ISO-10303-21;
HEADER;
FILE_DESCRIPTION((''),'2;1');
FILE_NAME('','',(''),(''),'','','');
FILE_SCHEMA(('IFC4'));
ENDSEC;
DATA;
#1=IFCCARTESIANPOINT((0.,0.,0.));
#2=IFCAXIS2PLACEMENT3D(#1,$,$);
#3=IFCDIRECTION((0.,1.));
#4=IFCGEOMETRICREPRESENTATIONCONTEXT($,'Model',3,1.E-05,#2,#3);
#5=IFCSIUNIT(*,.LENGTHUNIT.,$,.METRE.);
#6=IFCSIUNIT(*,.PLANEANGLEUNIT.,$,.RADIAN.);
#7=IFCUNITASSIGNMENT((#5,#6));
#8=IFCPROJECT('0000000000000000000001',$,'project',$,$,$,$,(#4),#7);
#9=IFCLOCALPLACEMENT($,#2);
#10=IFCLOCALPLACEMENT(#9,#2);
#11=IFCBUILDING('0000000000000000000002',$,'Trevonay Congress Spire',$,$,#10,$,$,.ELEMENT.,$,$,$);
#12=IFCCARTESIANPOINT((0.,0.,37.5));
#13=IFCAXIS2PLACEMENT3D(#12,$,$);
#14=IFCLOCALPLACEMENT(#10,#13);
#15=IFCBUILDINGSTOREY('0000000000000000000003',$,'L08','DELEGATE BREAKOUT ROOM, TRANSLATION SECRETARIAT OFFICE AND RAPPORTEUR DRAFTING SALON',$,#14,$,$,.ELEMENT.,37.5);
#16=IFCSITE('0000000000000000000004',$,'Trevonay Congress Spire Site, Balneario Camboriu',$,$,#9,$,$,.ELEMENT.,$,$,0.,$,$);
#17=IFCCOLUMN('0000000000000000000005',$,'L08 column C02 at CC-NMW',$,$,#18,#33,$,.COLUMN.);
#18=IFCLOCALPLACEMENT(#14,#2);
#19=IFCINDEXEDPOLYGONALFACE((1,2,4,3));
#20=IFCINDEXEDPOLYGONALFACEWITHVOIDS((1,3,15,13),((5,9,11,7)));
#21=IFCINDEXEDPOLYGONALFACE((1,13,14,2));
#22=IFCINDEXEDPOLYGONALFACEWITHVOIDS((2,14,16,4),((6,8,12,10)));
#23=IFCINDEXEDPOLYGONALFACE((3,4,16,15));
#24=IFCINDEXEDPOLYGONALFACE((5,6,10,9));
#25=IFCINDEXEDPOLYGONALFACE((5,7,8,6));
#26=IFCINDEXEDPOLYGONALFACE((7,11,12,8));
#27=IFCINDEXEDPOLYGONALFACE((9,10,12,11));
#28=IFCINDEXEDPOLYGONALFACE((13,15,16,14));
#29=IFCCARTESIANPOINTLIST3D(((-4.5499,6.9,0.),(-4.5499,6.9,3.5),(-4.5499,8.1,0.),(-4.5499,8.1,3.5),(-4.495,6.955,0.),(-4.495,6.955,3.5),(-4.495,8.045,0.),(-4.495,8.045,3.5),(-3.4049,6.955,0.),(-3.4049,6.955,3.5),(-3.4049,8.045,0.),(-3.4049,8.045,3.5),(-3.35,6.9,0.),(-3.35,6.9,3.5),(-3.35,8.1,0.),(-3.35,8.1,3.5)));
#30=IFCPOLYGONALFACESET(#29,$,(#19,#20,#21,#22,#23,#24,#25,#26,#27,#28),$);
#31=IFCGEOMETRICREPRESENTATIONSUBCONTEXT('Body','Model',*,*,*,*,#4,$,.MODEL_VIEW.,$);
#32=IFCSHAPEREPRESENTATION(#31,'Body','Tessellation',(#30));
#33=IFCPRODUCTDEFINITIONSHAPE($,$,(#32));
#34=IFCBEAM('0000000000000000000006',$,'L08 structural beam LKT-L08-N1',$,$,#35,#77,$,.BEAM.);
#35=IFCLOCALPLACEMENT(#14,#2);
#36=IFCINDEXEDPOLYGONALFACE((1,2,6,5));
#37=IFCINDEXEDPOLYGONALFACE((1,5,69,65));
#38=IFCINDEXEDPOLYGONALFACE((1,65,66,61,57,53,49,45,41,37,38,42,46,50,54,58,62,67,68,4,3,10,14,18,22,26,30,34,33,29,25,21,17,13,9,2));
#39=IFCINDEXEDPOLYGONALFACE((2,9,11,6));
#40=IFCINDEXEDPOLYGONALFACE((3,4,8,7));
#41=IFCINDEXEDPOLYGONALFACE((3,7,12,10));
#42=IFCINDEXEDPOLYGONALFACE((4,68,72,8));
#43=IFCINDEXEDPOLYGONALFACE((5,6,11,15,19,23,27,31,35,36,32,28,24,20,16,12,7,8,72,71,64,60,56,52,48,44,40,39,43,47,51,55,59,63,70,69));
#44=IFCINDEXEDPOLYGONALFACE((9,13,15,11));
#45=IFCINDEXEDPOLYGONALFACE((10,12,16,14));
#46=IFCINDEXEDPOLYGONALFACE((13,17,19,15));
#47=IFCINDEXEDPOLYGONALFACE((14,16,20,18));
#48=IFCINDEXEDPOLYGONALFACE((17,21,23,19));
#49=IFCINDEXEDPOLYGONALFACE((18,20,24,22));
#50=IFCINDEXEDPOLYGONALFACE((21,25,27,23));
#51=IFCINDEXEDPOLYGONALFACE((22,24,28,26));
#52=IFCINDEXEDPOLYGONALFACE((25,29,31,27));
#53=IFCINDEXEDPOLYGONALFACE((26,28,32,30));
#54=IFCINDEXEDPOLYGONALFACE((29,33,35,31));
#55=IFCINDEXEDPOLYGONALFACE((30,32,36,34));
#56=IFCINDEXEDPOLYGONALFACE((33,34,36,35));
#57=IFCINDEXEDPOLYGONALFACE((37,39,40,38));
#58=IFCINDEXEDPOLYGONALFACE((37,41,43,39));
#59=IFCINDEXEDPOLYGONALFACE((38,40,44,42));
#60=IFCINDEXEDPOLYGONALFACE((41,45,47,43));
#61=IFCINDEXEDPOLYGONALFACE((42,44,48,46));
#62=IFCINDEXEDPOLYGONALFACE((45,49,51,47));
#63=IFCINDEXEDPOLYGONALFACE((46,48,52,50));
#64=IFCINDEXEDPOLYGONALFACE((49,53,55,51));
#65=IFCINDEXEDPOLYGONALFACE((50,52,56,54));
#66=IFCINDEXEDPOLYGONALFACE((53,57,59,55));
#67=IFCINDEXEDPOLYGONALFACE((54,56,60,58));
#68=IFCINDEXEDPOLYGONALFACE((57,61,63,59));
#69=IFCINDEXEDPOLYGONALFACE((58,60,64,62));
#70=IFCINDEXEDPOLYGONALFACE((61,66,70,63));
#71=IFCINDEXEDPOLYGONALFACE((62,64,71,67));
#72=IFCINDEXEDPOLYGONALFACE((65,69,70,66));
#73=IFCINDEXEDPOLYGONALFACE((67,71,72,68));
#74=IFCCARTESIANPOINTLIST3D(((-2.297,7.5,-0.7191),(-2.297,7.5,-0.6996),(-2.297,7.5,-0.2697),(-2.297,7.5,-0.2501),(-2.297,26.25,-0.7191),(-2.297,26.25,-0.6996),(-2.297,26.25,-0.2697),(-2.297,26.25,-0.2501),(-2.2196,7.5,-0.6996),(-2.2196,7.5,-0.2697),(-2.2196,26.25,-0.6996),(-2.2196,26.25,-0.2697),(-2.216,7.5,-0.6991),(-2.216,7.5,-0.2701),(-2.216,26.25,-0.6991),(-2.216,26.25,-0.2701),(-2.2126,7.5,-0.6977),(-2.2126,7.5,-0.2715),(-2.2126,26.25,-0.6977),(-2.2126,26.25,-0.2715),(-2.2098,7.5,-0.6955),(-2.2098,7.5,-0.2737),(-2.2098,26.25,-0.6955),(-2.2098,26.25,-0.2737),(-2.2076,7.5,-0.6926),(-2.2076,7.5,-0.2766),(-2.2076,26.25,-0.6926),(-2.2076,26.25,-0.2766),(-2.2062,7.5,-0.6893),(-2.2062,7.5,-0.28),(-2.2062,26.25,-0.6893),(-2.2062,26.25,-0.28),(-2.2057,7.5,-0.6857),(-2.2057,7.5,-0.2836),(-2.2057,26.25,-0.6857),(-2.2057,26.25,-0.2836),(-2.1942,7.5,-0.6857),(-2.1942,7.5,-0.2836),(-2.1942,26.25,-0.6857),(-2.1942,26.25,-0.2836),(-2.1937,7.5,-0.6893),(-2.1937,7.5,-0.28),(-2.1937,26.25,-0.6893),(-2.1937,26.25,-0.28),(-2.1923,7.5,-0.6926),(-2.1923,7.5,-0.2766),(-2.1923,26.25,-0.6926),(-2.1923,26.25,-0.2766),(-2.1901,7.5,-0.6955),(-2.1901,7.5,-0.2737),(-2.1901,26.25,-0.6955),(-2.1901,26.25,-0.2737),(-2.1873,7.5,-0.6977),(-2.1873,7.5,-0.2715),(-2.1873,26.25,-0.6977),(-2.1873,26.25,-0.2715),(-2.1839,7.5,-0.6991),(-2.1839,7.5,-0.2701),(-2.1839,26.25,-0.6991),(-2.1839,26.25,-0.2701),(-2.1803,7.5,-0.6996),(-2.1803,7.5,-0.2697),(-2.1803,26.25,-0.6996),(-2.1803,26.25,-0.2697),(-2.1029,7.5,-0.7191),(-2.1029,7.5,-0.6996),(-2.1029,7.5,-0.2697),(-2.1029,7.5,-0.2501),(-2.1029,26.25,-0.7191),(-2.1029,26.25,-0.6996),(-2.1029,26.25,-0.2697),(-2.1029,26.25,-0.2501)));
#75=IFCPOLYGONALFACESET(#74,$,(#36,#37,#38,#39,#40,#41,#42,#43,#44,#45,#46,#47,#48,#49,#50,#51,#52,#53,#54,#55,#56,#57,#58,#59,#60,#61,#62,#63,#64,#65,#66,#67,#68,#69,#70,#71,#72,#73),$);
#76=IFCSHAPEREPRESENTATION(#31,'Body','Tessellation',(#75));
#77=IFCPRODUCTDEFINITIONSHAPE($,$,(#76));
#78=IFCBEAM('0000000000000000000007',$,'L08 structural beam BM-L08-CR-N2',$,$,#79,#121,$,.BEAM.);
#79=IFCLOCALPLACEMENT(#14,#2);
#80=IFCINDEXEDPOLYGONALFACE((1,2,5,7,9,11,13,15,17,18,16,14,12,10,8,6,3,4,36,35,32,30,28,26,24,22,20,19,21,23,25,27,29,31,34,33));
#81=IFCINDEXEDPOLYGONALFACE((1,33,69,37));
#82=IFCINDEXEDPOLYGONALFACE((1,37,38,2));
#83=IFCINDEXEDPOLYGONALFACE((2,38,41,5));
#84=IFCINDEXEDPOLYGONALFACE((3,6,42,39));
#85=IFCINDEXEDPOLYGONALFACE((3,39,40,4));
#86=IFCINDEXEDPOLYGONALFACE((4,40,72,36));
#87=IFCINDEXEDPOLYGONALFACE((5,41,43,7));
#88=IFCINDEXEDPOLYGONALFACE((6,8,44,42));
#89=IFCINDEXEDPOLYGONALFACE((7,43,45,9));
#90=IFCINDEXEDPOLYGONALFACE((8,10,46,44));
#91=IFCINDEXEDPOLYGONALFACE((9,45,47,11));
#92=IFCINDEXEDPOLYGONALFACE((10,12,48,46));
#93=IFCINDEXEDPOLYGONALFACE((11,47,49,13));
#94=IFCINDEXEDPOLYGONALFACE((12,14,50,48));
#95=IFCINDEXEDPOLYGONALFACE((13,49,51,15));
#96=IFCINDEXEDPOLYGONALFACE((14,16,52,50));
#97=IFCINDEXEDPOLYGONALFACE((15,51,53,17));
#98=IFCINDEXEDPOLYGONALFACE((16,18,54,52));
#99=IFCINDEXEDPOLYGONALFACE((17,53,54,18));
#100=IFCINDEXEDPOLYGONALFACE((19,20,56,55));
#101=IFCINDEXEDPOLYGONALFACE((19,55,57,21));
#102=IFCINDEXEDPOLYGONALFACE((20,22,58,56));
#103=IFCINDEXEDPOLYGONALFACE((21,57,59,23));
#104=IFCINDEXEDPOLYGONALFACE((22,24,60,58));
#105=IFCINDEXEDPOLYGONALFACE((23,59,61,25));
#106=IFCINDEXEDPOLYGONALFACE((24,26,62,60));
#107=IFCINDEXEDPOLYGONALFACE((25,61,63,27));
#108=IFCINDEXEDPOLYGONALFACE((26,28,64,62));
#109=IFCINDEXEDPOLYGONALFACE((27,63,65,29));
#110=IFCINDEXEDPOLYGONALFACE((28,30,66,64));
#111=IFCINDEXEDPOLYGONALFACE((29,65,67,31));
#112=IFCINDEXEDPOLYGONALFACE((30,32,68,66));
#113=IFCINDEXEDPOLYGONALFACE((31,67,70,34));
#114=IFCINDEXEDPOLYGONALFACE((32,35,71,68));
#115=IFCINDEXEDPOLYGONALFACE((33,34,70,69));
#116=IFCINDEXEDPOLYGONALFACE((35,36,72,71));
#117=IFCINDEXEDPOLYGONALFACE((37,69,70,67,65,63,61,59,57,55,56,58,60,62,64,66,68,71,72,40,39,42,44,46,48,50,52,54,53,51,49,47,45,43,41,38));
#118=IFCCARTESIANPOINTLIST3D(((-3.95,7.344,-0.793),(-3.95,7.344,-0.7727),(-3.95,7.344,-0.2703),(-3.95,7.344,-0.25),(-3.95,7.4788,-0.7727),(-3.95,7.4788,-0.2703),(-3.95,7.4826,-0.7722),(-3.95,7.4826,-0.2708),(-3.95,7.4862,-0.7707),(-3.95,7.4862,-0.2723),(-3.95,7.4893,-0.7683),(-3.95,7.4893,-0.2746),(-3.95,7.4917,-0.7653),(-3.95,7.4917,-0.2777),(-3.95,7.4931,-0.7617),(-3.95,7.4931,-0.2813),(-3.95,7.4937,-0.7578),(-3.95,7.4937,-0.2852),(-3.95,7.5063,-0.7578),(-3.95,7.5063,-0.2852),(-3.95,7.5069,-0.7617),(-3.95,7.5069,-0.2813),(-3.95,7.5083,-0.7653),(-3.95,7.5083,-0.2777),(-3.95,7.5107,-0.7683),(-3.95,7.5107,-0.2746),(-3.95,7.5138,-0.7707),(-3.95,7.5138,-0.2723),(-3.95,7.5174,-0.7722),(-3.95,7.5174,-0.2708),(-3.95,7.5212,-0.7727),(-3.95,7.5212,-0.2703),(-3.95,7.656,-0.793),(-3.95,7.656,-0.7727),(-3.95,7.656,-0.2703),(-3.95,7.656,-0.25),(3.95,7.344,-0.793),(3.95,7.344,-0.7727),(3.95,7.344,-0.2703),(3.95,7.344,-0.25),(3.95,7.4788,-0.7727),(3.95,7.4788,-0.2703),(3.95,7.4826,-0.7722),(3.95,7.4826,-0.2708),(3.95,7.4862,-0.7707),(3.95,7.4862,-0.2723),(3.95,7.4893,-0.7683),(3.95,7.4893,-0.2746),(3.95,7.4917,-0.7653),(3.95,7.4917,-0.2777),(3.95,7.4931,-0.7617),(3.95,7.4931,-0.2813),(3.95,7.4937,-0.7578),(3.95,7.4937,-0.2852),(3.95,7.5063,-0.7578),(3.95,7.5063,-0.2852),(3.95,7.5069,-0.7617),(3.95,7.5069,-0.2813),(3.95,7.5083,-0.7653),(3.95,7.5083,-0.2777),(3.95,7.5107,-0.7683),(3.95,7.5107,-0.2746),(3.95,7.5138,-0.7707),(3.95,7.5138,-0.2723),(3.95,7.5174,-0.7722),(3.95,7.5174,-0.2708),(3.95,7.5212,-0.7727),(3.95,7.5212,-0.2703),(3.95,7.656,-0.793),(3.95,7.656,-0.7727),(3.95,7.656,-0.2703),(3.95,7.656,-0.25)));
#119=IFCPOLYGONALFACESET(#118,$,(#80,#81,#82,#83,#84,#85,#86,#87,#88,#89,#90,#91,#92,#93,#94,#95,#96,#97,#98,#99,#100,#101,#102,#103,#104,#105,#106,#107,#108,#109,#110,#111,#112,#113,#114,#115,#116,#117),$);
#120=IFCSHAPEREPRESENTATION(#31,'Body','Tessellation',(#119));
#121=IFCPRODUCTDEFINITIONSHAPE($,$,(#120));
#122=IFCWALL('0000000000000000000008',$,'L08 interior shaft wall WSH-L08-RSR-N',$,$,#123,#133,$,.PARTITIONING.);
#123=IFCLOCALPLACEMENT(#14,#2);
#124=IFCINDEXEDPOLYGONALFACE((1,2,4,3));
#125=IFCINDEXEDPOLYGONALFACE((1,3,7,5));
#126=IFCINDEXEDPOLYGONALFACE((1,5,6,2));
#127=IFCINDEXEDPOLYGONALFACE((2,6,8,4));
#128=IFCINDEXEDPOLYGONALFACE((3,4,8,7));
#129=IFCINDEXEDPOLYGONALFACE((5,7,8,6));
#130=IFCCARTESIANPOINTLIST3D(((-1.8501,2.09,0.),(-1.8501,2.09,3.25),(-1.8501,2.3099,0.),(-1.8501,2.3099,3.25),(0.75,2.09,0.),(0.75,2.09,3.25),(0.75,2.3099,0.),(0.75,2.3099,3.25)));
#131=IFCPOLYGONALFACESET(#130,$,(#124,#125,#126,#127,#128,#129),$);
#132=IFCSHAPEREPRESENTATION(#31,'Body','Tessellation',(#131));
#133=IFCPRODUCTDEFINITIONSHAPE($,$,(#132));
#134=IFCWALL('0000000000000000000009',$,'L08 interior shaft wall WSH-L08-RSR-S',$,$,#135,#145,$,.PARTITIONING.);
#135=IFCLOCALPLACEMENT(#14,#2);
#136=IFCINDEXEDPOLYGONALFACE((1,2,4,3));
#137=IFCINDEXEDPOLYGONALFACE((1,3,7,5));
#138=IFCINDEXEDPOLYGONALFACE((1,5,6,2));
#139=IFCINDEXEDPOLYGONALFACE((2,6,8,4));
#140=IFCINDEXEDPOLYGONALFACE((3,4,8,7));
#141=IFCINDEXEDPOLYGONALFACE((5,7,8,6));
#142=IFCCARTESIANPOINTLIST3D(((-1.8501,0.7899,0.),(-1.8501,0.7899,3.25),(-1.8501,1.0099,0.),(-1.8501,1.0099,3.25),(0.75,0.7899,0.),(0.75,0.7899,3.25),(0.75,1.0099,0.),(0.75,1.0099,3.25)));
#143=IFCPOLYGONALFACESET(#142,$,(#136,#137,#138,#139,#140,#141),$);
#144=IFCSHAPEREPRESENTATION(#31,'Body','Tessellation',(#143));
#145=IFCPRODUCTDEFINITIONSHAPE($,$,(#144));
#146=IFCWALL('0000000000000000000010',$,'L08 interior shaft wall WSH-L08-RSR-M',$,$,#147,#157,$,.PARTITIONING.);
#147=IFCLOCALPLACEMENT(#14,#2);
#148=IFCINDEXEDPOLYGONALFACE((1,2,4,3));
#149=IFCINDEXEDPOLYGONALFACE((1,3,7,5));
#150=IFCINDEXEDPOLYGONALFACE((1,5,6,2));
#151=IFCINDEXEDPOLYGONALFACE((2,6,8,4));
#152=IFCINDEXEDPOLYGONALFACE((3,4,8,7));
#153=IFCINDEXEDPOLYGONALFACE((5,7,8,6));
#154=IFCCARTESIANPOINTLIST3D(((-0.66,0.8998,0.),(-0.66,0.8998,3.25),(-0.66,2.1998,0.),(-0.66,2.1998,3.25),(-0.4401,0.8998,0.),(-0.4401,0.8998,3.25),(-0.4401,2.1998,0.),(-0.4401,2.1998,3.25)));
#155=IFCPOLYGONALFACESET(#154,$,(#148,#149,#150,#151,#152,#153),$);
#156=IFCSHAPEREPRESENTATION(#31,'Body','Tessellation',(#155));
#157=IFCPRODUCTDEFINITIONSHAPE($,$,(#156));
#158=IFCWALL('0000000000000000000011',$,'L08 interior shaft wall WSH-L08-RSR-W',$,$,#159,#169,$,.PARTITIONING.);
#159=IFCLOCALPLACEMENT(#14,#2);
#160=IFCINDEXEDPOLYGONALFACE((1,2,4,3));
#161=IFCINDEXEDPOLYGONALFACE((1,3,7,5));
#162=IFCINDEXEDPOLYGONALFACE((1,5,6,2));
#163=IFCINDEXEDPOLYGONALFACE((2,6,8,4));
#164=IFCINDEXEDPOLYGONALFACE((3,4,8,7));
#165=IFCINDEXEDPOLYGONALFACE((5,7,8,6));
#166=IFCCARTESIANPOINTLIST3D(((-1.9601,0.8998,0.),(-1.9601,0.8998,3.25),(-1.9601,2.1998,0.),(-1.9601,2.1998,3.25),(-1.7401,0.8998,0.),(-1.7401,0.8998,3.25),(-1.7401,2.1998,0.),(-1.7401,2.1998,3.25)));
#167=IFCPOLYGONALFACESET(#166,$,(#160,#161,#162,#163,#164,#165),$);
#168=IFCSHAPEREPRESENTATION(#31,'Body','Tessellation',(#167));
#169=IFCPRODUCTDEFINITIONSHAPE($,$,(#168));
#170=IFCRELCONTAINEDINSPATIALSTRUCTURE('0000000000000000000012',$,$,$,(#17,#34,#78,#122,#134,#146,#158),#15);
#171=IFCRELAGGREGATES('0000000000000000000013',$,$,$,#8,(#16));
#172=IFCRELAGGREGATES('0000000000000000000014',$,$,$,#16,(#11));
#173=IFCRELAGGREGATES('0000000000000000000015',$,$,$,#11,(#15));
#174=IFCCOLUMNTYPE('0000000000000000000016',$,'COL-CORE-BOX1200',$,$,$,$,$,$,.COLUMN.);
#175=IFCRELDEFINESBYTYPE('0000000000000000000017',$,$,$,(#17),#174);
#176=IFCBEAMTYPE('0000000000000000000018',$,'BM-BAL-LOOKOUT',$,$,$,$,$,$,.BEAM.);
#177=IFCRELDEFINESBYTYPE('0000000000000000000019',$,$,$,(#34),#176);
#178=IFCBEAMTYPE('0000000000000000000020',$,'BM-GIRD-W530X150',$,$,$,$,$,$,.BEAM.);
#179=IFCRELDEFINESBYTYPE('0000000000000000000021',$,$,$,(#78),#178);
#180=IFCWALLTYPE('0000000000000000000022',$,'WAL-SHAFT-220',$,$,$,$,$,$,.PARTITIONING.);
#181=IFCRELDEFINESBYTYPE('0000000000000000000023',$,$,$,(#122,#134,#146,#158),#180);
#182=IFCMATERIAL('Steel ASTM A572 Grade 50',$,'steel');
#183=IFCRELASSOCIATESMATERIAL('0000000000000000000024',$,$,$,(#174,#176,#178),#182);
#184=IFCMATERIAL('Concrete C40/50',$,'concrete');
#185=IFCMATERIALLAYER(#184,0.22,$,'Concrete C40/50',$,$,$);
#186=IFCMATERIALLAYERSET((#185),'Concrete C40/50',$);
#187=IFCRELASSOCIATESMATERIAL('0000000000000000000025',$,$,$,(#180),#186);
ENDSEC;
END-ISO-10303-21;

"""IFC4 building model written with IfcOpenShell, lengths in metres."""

from ifc_helpers import new_model, si_unit, direction, frame, frame_2d, origin, origin_2d, place, context, subcontext, project, spatial, rectangle, hollow_rectangle, i_section, extrude, material, layer, layer_set, material_profile, profile_set, type_object, element, save


model = new_model("IFC4")

# Units and contexts
model_context = context("Model", 3, precision=1e-05, world=origin(), true_north=direction((0.0, 1.0)))
body_context = subcontext(model_context, "Body", "Model", "MODEL_VIEW")
ifc_project = project(units=[si_unit("LENGTHUNIT", "METRE"), si_unit("PLANEANGLEUNIT", "RADIAN")], contexts=[model_context])

# Site, building, storey
site_placement = place(None, origin())
site = spatial("IfcSite", under=ifc_project, at=site_placement, Name="Trevonay Congress Spire Site, Balneario Camboriu", CompositionType="ELEMENT", RefElevation=0.0)
building_placement = place(site_placement, origin())
building = spatial("IfcBuilding", under=site, at=building_placement, Name="Trevonay Congress Spire", CompositionType="ELEMENT")
storey_placement = place(building_placement, frame((0.0, 0.0, 37.5)))
storey = spatial("IfcBuildingStorey", under=building, at=storey_placement, Name="L08", Description="DELEGATE BREAKOUT ROOM, TRANSLATION SECRETARIAT OFFICE AND RAPPORTEUR DRAFTING SALON", CompositionType="ELEMENT", Elevation=37.5)

# Column
ifc_material_1 = material(Name="Steel ASTM A572 Grade 50", Category="steel")
ifc_material_profile_1 = material_profile(ifc_material_1, hollow_rectangle(XDim=1.2, YDim=1.2, WallThickness=0.0549, at=origin_2d()), Name="BOX 1200x1200x55")
ifc_profile_set_1 = profile_set([ifc_material_profile_1], Name="Steel ASTM A572 Grade 50")
column_type = type_object("IfcColumnType", Name="COL-CORE-BOX1200", PredefinedType="COLUMN", material=ifc_profile_set_1)
column_placement = place(storey_placement, frame((-3.95, 7.5, 0.0), z_axis=(0.0, 0.0, 1.0), x_axis=(1.0, 0.0, 0.0)))
element("IfcColumn", 1, at=column_placement, inside=storey, type_object=column_type, Name="L08 column C02 at CC-NMW", PredefinedType="COLUMN", context=body_context, shape_type="SweptSolid", body=[
    extrude(hollow_rectangle(XDim=1.2, YDim=1.2, WallThickness=0.0549, at=origin_2d()), origin(), (0.0, 0.0, 1.0), 3.5),
])

# Beams
ifc_material_profile_2 = material_profile(ifc_material_1, i_section(OverallWidth=0.1941, OverallDepth=0.469, WebThickness=0.0115, FlangeThickness=0.0195, FilletRadius=0.0139, at=origin_2d()), Name="W460x106")
ifc_profile_set_2 = profile_set([ifc_material_profile_2], Name="Steel ASTM A572 Grade 50")
beam_type_1 = type_object("IfcBeamType", Name="BM-BAL-LOOKOUT", PredefinedType="BEAM", material=ifc_profile_set_2)
beam_1_placement = place(storey_placement, frame((-2.2, 7.5, -0.4846), z_axis=(0.0, 1.0, 0.0), x_axis=(-1.0, 0.0, 0.0)))
element("IfcBeam", 2, at=beam_1_placement, inside=storey, type_object=beam_type_1, Name="L08 structural beam LKT-L08-N1", PredefinedType="BEAM", context=body_context, shape_type="SweptSolid", body=[
    extrude(i_section(OverallWidth=0.1941, OverallDepth=0.469, WebThickness=0.0115, FlangeThickness=0.0195, FilletRadius=0.0139, at=origin_2d()), origin(), (0.0, 0.0, 1.0), 18.75),
])
ifc_material_profile_3 = material_profile(ifc_material_1, i_section(OverallWidth=0.312, OverallDepth=0.543, WebThickness=0.0127, FlangeThickness=0.0203, FilletRadius=0.0149, at=origin_2d()), Name="W530x150")
ifc_profile_set_3 = profile_set([ifc_material_profile_3], Name="Steel ASTM A572 Grade 50")
beam_type_2 = type_object("IfcBeamType", Name="BM-GIRD-W530X150", PredefinedType="BEAM", material=ifc_profile_set_3)
beam_2_placement = place(storey_placement, frame((-3.95, 7.5, -0.5215), z_axis=(1.0, 0.0, 0.0), x_axis=(0.0, 1.0, 0.0)))
element("IfcBeam", 3, at=beam_2_placement, inside=storey, type_object=beam_type_2, Name="L08 structural beam BM-L08-CR-N2", PredefinedType="BEAM", context=body_context, shape_type="SweptSolid", body=[
    extrude(i_section(OverallWidth=0.312, OverallDepth=0.543, WebThickness=0.0127, FlangeThickness=0.0203, FilletRadius=0.0149, at=origin_2d()), origin(), (0.0, 0.0, 1.0), 7.8999),
])

# Walls
ifc_material_2 = material(Name="Concrete C40/50", Category="concrete")
ifc_layer_1 = layer(ifc_material_2, 0.22, Name="Concrete C40/50")
ifc_layer_set_1 = layer_set([ifc_layer_1], Name="Concrete C40/50")
wall_type_1 = type_object("IfcWallType", Name="WAL-SHAFT-220", PredefinedType="PARTITIONING", material=ifc_layer_set_1)
for number, where, z_axis, x_axis, name in (
    (4, (-1.8501, 2.2, 0.0), (0.0, 0.0, 1.0), (1.0, 0.0, 0.0), "L08 interior shaft wall WSH-L08-RSR-N"),
    (5, (-1.8501, 0.8999, 0.0), (0.0, 0.0, 1.0), (1.0, 0.0, 0.0), "L08 interior shaft wall WSH-L08-RSR-S"),
):
    element("IfcWall", number, at=place(storey_placement, frame(where, z_axis=z_axis, x_axis=x_axis)), inside=storey, type_object=wall_type_1, Name=name, PredefinedType="PARTITIONING", context=body_context, shape_type="SweptSolid", body=[
        extrude(rectangle(XDim=2.6001, YDim=0.22, at=frame_2d((1.3, 0.0))), origin(), (0.0, 0.0, 1.0), 3.25),
    ])
for number, where, z_axis, x_axis, name in (
    (6, (-0.55, 0.8999, 0.0), (0.0, 0.0, 1.0), (0.0, 1.0, 0.0), "L08 interior shaft wall WSH-L08-RSR-M"),
    (7, (-1.8501, 0.8999, 0.0), (0.0, 0.0, 1.0), (0.0, 1.0, 0.0), "L08 interior shaft wall WSH-L08-RSR-W"),
):
    element("IfcWall", number, at=place(storey_placement, frame(where, z_axis=z_axis, x_axis=x_axis)), inside=storey, type_object=wall_type_1, Name=name, PredefinedType="PARTITIONING", context=body_context, shape_type="SweptSolid", body=[
        extrude(rectangle(XDim=1.3, YDim=0.22, at=frame_2d((0.6499, 0.0))), origin(), (0.0, 0.0, 1.0), 3.25),
    ])

save(model, "model.ifc")
